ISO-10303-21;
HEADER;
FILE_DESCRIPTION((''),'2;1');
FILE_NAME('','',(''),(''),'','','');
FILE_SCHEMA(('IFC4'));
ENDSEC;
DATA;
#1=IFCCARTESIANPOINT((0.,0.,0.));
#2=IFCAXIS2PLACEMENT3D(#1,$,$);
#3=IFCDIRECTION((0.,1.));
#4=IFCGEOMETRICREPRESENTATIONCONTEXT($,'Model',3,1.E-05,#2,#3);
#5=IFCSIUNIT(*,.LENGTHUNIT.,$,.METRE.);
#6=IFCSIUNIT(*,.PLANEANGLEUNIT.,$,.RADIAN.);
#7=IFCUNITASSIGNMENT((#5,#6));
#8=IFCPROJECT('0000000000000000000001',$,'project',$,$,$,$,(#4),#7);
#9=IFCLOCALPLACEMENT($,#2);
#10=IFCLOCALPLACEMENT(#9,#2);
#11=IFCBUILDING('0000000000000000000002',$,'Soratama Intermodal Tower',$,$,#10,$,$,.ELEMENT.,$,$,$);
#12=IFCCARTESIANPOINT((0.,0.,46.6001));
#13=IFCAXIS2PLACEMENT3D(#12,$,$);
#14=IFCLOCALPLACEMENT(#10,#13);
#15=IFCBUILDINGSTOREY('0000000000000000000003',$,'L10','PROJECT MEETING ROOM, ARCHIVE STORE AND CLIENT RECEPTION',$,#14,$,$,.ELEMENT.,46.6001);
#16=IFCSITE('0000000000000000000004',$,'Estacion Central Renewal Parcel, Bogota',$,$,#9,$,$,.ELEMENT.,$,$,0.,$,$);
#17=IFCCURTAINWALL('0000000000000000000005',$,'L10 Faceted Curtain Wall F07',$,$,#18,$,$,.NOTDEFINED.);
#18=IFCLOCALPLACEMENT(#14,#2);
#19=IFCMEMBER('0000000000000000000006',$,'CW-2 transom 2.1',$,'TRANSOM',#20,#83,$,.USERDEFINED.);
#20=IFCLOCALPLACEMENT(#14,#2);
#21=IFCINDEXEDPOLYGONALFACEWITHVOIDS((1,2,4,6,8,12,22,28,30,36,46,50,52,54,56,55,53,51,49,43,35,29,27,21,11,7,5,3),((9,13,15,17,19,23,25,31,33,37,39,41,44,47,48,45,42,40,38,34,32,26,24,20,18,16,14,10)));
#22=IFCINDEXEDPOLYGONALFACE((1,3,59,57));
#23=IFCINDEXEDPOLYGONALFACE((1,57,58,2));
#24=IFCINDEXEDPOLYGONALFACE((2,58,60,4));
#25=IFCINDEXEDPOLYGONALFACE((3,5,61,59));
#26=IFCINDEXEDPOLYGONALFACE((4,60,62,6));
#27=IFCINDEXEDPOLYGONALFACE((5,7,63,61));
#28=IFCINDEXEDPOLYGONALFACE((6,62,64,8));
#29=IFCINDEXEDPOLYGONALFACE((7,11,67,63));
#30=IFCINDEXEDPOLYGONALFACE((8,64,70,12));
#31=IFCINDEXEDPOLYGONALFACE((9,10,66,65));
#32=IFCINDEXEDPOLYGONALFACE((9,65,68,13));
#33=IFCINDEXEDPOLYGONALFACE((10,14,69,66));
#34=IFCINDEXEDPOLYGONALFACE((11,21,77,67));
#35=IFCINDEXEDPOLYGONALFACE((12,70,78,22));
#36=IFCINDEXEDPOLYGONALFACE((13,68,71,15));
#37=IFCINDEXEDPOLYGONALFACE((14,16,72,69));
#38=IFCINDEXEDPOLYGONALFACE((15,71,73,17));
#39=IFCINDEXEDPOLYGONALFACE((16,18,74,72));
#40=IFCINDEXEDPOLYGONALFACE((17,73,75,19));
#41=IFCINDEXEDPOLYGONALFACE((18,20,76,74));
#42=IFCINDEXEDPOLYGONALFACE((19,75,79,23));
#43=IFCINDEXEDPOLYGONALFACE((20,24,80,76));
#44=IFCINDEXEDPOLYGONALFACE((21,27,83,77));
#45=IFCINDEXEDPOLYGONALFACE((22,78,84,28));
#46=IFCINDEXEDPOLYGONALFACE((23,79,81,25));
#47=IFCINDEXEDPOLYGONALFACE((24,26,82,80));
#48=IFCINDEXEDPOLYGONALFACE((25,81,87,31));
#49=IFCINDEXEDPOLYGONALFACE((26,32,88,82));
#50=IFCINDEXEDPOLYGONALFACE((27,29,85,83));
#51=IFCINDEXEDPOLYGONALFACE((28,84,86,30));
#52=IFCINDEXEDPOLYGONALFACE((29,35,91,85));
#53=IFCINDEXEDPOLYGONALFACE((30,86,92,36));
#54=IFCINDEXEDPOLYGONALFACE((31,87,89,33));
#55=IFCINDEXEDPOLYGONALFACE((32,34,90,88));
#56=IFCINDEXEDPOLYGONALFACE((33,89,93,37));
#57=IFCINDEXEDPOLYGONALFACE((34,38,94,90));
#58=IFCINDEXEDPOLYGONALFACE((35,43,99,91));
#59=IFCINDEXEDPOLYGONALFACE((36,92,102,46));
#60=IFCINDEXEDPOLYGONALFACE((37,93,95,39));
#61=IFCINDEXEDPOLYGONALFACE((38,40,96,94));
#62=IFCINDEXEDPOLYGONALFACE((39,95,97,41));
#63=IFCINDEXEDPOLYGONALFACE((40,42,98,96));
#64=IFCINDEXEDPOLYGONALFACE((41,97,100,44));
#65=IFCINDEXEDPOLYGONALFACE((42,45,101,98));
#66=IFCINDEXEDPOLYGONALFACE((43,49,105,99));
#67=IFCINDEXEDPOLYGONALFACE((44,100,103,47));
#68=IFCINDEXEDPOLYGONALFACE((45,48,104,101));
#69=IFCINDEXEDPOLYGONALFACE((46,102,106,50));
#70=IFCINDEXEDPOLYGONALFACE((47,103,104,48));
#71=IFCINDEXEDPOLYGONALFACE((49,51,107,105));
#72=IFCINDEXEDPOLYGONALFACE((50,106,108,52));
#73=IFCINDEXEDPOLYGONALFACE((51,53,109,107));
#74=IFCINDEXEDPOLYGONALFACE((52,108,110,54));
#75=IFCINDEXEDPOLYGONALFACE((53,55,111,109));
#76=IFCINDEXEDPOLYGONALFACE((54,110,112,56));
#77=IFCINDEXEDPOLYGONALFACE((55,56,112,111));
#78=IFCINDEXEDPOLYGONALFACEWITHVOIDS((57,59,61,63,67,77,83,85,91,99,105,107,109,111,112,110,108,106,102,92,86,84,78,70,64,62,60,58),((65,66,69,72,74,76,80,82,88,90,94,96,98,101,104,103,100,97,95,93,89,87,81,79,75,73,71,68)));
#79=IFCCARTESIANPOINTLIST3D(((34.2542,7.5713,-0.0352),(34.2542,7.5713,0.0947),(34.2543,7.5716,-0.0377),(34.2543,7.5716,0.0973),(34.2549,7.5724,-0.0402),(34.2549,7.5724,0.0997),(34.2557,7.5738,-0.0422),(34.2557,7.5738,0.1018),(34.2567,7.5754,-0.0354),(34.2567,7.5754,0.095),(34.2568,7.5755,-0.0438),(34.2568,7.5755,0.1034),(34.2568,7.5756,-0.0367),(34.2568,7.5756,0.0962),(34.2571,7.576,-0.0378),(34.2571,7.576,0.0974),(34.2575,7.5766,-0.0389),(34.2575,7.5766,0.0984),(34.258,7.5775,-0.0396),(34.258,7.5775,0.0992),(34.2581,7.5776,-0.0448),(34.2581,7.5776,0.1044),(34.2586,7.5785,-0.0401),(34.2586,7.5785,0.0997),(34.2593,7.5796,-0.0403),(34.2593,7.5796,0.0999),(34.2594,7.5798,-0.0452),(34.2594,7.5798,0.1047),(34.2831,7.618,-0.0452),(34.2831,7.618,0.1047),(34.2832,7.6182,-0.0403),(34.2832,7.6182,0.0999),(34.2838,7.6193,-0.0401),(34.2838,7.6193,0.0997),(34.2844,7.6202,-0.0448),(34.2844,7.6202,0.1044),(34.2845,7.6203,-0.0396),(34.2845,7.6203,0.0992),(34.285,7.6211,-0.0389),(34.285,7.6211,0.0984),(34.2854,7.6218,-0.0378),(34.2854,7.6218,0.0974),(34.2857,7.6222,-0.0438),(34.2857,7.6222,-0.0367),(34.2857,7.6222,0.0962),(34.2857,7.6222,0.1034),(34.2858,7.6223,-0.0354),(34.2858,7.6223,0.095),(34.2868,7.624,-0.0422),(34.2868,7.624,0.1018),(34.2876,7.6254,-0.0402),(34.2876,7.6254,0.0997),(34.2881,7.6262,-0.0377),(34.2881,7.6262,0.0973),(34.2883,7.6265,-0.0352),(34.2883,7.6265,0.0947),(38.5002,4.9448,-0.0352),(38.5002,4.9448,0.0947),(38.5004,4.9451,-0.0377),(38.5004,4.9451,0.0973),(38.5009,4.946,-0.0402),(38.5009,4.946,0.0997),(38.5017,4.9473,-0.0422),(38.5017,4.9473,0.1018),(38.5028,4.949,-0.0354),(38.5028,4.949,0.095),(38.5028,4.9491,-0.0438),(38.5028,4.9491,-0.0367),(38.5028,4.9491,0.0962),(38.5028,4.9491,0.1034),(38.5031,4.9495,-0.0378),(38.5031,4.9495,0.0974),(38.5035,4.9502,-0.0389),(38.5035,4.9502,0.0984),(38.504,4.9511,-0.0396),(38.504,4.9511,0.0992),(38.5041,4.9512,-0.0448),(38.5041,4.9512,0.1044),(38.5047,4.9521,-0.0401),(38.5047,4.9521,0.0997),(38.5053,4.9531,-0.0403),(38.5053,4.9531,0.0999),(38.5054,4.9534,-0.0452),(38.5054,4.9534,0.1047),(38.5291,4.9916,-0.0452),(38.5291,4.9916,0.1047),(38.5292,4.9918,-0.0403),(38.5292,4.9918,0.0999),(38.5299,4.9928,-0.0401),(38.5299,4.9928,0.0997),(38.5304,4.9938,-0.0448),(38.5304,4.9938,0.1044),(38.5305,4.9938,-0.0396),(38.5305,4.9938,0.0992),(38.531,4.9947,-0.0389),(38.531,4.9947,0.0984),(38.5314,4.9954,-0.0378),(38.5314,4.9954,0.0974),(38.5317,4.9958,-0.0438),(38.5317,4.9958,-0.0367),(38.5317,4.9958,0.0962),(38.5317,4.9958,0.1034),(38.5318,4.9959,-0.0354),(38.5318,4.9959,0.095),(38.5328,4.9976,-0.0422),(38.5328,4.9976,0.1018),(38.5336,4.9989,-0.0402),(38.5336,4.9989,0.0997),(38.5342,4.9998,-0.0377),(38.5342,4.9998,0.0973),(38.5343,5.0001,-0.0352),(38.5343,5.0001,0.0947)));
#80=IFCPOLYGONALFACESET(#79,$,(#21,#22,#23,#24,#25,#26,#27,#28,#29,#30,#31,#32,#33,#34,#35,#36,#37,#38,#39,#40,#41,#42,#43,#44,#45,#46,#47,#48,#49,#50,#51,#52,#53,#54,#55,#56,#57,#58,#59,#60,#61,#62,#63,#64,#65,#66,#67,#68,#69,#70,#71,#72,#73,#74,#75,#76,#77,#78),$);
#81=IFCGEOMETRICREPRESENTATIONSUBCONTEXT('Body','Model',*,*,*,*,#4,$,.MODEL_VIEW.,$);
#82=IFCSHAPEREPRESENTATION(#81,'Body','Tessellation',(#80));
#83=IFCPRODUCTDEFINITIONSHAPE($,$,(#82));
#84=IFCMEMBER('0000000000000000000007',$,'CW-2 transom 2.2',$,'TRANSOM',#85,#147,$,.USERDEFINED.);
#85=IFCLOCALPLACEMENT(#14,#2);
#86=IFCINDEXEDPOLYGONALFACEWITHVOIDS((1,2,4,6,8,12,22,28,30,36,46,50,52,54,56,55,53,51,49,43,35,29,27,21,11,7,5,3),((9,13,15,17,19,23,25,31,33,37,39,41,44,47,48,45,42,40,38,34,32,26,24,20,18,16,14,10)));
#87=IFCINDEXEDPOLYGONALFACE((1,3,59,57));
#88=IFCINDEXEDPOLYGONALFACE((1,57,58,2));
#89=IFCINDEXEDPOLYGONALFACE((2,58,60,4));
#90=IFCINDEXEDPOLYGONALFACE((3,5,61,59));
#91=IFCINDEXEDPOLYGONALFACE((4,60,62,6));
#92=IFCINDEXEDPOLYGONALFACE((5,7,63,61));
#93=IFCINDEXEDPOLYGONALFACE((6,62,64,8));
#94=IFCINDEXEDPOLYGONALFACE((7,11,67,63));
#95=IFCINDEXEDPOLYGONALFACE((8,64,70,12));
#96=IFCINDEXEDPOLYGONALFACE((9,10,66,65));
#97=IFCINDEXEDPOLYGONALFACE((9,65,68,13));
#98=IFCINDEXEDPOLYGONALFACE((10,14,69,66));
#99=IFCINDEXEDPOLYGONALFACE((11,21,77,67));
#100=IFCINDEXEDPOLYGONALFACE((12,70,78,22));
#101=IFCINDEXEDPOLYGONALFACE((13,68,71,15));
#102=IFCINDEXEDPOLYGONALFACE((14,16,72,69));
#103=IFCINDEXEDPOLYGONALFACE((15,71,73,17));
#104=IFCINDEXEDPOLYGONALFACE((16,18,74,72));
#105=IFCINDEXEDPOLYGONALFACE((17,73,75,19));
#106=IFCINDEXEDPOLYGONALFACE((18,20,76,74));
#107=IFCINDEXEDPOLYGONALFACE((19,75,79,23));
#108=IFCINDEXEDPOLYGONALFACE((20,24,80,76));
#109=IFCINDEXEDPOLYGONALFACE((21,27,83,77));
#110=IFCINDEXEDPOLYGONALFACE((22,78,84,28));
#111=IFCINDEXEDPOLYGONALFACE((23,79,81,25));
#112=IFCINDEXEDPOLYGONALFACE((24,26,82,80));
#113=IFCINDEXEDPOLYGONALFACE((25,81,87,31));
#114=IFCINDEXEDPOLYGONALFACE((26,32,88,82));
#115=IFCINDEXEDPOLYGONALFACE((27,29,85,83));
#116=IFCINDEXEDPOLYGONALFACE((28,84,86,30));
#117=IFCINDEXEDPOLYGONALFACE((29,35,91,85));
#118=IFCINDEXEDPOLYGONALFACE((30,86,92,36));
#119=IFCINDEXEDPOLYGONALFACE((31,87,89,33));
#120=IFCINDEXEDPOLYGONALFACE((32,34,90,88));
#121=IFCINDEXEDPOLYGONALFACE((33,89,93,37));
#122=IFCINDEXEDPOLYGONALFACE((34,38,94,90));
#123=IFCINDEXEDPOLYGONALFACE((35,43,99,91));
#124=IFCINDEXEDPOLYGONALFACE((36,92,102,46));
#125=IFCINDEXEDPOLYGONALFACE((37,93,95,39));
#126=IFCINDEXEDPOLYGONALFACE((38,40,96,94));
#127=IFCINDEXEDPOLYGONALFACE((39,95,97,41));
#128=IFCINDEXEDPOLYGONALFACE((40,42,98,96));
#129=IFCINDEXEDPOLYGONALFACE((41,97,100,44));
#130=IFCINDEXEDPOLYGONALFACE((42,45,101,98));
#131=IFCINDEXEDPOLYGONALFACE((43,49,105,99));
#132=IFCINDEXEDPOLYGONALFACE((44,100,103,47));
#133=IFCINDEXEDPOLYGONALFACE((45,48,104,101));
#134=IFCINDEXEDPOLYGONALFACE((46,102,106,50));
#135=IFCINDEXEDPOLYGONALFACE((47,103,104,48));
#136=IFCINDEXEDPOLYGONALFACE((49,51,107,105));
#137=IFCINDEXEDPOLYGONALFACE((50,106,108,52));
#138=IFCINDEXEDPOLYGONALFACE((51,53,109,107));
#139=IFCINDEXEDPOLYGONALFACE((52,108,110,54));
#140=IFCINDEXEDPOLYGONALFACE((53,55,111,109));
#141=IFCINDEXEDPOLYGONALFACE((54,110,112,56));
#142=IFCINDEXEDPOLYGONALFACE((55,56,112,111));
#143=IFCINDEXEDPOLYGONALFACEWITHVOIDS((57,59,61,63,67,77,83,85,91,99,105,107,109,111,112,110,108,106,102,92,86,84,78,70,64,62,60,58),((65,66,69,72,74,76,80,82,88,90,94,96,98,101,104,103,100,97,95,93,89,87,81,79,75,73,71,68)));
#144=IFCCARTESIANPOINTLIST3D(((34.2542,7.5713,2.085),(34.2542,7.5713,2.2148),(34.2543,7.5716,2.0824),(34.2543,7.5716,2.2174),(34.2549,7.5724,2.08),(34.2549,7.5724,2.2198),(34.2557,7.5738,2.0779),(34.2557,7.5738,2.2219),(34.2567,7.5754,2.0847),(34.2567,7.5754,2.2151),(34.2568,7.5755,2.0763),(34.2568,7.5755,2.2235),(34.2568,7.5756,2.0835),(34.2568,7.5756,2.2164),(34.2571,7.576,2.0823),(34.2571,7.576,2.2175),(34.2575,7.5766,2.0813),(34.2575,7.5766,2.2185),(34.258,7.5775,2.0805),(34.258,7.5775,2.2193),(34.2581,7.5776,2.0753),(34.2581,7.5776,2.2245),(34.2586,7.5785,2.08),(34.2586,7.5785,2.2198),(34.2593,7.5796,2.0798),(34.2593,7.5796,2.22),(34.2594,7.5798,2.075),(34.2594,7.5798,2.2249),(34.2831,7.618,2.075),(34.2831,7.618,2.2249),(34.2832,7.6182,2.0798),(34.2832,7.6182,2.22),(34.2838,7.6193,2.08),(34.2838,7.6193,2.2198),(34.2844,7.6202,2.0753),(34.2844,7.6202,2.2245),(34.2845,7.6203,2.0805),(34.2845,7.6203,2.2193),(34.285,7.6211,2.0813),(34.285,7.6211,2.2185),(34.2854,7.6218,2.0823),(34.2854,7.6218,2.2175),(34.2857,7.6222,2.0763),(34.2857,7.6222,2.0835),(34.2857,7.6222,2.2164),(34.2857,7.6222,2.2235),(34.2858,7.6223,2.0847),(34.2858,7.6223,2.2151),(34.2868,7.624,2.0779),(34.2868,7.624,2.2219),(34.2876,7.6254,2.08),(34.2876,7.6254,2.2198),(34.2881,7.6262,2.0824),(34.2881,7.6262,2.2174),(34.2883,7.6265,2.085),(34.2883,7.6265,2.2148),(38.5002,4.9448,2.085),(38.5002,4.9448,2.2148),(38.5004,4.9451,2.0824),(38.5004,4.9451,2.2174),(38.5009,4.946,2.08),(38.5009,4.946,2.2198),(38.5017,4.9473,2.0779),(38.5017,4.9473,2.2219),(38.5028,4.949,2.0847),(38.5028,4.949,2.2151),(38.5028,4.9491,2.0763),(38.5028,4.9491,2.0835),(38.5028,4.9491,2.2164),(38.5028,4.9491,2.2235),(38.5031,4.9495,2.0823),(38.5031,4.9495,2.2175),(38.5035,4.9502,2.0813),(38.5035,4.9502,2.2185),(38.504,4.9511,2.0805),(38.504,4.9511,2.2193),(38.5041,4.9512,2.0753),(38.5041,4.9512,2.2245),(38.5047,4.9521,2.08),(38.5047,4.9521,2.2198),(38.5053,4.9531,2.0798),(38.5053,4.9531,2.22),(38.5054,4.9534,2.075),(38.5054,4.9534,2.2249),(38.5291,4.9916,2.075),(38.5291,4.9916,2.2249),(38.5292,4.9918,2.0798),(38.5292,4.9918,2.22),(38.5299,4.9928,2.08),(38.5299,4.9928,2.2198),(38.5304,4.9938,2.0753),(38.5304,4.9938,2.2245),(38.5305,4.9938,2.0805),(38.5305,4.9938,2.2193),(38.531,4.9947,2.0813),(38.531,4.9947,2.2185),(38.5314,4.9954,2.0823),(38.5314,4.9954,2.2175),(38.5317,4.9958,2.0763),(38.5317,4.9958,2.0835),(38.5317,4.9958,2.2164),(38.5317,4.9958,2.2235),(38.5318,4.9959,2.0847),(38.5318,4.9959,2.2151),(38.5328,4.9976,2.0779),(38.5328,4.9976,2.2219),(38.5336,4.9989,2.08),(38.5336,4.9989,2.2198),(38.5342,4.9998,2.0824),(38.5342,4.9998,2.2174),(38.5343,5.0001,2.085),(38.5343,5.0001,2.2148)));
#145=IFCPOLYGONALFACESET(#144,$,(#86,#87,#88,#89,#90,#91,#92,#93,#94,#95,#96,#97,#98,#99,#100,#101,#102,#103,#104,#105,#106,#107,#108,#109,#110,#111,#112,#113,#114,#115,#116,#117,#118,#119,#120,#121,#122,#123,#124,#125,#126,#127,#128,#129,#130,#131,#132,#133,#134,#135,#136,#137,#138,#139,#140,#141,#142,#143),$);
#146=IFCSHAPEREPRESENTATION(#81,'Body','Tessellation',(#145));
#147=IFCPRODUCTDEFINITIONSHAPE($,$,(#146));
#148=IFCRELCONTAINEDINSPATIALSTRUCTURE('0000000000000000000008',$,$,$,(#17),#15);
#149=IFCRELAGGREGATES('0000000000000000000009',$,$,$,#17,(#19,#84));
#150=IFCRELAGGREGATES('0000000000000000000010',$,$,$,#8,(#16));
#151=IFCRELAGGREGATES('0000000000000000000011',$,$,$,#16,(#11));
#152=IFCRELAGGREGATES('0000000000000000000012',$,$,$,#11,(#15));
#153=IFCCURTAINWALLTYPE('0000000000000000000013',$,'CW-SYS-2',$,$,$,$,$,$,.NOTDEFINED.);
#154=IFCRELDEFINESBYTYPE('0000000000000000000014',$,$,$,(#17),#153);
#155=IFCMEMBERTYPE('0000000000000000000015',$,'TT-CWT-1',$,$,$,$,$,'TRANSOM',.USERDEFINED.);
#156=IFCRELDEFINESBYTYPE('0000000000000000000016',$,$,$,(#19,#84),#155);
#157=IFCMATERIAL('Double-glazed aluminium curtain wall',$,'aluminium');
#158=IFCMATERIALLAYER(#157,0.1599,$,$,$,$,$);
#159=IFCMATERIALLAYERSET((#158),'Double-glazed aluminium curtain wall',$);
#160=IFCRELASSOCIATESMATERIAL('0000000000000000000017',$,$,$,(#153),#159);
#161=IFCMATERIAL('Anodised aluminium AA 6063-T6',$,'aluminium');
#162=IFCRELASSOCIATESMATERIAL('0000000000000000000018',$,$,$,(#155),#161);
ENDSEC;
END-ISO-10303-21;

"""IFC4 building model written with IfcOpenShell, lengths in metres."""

from ifc_helpers import new_model, si_unit, direction, frame, origin, origin_2d, place, context, subcontext, project, spatial, hollow_rectangle, extrude, material, layer, layer_set, material_profile, profile_set, type_object, element, aggregate, save


model = new_model("IFC4")

# Units and contexts
model_context = context("Model", 3, precision=1e-05, world=origin(), true_north=direction((0.0, 1.0)))
body_context = subcontext(model_context, "Body", "Model", "MODEL_VIEW")
ifc_project = project(units=[si_unit("LENGTHUNIT", "METRE"), si_unit("PLANEANGLEUNIT", "RADIAN")], contexts=[model_context])

# Site, building, storey
site_placement = place(None, origin())
site = spatial("IfcSite", under=ifc_project, at=site_placement, Name="Estacion Central Renewal Parcel, Bogota", CompositionType="ELEMENT", RefElevation=0.0)
building_placement = place(site_placement, origin())
building = spatial("IfcBuilding", under=site, at=building_placement, Name="Soratama Intermodal Tower", CompositionType="ELEMENT")
storey_placement = place(building_placement, frame((0.0, 0.0, 46.6001)))
storey = spatial("IfcBuildingStorey", under=building, at=storey_placement, Name="L10", Description="PROJECT MEETING ROOM, ARCHIVE STORE AND CLIENT RECEPTION", CompositionType="ELEMENT", Elevation=46.6001)

# Curtain wall, members
ifc_material_1 = material(Name="Double-glazed aluminium curtain wall", Category="aluminium")
ifc_layer_1 = layer(ifc_material_1, 0.1599)
ifc_layer_set_1 = layer_set([ifc_layer_1], Name="Double-glazed aluminium curtain wall")
curtain_wall_type = type_object("IfcCurtainWallType", Name="CW-SYS-2", PredefinedType="NOTDEFINED", material=ifc_layer_set_1)
curtain_wall_placement = place(storey_placement, origin())
curtain_wall = element("IfcCurtainWall", 1, at=curtain_wall_placement, inside=storey, type_object=curtain_wall_type, Name="L10 Faceted Curtain Wall F07", PredefinedType="NOTDEFINED")
ifc_material_2 = material(Name="Anodised aluminium AA 6063-T6", Category="aluminium")
ifc_material_profile_1 = material_profile(ifc_material_2, hollow_rectangle(XDim=0.0649, YDim=0.1499, WallThickness=0.0049, InnerFilletRadius=0.0049, OuterFilletRadius=0.01, at=origin_2d()), Name="CWT150X65X5")
ifc_profile_set_1 = profile_set([ifc_material_profile_1], Name="Anodised aluminium AA 6063-T6")
member_type_1 = type_object("IfcMemberType", Name="TT-CWT-1", ElementType="TRANSOM", PredefinedType="USERDEFINED", material=ifc_profile_set_1)
member_1_placement = place(storey_placement, frame((34.2712, 7.5989, 0.0298), z_axis=(0.850451, -0.526055, 0.0), x_axis=(0.526055, 0.850451, 0.0)))
member_1 = element("IfcMember", 2, at=member_1_placement, type_object=member_type_1, Name="CW-2 transom 2.1", ObjectType="TRANSOM", PredefinedType="USERDEFINED", context=body_context, shape_type="SweptSolid", body=[
    extrude(hollow_rectangle(XDim=0.0649, YDim=0.1499, WallThickness=0.0049, InnerFilletRadius=0.0049, OuterFilletRadius=0.01, at=origin_2d()), origin(), (0.0, 0.0, 1.0), 4.9927),
])
member_2_placement = place(storey_placement, frame((34.2712, 7.5989, 2.1499), z_axis=(0.850451, -0.526055, 0.0), x_axis=(0.526055, 0.850451, 0.0)))
member_2 = element("IfcMember", 3, at=member_2_placement, type_object=member_type_1, Name="CW-2 transom 2.2", ObjectType="TRANSOM", PredefinedType="USERDEFINED", context=body_context, shape_type="SweptSolid", body=[
    extrude(hollow_rectangle(XDim=0.0649, YDim=0.1499, WallThickness=0.0049, InnerFilletRadius=0.0049, OuterFilletRadius=0.01, at=origin_2d()), origin(), (0.0, 0.0, 1.0), 4.9927),
])
aggregate(curtain_wall, [member_1, member_2])

save(model, "model.ifc")
